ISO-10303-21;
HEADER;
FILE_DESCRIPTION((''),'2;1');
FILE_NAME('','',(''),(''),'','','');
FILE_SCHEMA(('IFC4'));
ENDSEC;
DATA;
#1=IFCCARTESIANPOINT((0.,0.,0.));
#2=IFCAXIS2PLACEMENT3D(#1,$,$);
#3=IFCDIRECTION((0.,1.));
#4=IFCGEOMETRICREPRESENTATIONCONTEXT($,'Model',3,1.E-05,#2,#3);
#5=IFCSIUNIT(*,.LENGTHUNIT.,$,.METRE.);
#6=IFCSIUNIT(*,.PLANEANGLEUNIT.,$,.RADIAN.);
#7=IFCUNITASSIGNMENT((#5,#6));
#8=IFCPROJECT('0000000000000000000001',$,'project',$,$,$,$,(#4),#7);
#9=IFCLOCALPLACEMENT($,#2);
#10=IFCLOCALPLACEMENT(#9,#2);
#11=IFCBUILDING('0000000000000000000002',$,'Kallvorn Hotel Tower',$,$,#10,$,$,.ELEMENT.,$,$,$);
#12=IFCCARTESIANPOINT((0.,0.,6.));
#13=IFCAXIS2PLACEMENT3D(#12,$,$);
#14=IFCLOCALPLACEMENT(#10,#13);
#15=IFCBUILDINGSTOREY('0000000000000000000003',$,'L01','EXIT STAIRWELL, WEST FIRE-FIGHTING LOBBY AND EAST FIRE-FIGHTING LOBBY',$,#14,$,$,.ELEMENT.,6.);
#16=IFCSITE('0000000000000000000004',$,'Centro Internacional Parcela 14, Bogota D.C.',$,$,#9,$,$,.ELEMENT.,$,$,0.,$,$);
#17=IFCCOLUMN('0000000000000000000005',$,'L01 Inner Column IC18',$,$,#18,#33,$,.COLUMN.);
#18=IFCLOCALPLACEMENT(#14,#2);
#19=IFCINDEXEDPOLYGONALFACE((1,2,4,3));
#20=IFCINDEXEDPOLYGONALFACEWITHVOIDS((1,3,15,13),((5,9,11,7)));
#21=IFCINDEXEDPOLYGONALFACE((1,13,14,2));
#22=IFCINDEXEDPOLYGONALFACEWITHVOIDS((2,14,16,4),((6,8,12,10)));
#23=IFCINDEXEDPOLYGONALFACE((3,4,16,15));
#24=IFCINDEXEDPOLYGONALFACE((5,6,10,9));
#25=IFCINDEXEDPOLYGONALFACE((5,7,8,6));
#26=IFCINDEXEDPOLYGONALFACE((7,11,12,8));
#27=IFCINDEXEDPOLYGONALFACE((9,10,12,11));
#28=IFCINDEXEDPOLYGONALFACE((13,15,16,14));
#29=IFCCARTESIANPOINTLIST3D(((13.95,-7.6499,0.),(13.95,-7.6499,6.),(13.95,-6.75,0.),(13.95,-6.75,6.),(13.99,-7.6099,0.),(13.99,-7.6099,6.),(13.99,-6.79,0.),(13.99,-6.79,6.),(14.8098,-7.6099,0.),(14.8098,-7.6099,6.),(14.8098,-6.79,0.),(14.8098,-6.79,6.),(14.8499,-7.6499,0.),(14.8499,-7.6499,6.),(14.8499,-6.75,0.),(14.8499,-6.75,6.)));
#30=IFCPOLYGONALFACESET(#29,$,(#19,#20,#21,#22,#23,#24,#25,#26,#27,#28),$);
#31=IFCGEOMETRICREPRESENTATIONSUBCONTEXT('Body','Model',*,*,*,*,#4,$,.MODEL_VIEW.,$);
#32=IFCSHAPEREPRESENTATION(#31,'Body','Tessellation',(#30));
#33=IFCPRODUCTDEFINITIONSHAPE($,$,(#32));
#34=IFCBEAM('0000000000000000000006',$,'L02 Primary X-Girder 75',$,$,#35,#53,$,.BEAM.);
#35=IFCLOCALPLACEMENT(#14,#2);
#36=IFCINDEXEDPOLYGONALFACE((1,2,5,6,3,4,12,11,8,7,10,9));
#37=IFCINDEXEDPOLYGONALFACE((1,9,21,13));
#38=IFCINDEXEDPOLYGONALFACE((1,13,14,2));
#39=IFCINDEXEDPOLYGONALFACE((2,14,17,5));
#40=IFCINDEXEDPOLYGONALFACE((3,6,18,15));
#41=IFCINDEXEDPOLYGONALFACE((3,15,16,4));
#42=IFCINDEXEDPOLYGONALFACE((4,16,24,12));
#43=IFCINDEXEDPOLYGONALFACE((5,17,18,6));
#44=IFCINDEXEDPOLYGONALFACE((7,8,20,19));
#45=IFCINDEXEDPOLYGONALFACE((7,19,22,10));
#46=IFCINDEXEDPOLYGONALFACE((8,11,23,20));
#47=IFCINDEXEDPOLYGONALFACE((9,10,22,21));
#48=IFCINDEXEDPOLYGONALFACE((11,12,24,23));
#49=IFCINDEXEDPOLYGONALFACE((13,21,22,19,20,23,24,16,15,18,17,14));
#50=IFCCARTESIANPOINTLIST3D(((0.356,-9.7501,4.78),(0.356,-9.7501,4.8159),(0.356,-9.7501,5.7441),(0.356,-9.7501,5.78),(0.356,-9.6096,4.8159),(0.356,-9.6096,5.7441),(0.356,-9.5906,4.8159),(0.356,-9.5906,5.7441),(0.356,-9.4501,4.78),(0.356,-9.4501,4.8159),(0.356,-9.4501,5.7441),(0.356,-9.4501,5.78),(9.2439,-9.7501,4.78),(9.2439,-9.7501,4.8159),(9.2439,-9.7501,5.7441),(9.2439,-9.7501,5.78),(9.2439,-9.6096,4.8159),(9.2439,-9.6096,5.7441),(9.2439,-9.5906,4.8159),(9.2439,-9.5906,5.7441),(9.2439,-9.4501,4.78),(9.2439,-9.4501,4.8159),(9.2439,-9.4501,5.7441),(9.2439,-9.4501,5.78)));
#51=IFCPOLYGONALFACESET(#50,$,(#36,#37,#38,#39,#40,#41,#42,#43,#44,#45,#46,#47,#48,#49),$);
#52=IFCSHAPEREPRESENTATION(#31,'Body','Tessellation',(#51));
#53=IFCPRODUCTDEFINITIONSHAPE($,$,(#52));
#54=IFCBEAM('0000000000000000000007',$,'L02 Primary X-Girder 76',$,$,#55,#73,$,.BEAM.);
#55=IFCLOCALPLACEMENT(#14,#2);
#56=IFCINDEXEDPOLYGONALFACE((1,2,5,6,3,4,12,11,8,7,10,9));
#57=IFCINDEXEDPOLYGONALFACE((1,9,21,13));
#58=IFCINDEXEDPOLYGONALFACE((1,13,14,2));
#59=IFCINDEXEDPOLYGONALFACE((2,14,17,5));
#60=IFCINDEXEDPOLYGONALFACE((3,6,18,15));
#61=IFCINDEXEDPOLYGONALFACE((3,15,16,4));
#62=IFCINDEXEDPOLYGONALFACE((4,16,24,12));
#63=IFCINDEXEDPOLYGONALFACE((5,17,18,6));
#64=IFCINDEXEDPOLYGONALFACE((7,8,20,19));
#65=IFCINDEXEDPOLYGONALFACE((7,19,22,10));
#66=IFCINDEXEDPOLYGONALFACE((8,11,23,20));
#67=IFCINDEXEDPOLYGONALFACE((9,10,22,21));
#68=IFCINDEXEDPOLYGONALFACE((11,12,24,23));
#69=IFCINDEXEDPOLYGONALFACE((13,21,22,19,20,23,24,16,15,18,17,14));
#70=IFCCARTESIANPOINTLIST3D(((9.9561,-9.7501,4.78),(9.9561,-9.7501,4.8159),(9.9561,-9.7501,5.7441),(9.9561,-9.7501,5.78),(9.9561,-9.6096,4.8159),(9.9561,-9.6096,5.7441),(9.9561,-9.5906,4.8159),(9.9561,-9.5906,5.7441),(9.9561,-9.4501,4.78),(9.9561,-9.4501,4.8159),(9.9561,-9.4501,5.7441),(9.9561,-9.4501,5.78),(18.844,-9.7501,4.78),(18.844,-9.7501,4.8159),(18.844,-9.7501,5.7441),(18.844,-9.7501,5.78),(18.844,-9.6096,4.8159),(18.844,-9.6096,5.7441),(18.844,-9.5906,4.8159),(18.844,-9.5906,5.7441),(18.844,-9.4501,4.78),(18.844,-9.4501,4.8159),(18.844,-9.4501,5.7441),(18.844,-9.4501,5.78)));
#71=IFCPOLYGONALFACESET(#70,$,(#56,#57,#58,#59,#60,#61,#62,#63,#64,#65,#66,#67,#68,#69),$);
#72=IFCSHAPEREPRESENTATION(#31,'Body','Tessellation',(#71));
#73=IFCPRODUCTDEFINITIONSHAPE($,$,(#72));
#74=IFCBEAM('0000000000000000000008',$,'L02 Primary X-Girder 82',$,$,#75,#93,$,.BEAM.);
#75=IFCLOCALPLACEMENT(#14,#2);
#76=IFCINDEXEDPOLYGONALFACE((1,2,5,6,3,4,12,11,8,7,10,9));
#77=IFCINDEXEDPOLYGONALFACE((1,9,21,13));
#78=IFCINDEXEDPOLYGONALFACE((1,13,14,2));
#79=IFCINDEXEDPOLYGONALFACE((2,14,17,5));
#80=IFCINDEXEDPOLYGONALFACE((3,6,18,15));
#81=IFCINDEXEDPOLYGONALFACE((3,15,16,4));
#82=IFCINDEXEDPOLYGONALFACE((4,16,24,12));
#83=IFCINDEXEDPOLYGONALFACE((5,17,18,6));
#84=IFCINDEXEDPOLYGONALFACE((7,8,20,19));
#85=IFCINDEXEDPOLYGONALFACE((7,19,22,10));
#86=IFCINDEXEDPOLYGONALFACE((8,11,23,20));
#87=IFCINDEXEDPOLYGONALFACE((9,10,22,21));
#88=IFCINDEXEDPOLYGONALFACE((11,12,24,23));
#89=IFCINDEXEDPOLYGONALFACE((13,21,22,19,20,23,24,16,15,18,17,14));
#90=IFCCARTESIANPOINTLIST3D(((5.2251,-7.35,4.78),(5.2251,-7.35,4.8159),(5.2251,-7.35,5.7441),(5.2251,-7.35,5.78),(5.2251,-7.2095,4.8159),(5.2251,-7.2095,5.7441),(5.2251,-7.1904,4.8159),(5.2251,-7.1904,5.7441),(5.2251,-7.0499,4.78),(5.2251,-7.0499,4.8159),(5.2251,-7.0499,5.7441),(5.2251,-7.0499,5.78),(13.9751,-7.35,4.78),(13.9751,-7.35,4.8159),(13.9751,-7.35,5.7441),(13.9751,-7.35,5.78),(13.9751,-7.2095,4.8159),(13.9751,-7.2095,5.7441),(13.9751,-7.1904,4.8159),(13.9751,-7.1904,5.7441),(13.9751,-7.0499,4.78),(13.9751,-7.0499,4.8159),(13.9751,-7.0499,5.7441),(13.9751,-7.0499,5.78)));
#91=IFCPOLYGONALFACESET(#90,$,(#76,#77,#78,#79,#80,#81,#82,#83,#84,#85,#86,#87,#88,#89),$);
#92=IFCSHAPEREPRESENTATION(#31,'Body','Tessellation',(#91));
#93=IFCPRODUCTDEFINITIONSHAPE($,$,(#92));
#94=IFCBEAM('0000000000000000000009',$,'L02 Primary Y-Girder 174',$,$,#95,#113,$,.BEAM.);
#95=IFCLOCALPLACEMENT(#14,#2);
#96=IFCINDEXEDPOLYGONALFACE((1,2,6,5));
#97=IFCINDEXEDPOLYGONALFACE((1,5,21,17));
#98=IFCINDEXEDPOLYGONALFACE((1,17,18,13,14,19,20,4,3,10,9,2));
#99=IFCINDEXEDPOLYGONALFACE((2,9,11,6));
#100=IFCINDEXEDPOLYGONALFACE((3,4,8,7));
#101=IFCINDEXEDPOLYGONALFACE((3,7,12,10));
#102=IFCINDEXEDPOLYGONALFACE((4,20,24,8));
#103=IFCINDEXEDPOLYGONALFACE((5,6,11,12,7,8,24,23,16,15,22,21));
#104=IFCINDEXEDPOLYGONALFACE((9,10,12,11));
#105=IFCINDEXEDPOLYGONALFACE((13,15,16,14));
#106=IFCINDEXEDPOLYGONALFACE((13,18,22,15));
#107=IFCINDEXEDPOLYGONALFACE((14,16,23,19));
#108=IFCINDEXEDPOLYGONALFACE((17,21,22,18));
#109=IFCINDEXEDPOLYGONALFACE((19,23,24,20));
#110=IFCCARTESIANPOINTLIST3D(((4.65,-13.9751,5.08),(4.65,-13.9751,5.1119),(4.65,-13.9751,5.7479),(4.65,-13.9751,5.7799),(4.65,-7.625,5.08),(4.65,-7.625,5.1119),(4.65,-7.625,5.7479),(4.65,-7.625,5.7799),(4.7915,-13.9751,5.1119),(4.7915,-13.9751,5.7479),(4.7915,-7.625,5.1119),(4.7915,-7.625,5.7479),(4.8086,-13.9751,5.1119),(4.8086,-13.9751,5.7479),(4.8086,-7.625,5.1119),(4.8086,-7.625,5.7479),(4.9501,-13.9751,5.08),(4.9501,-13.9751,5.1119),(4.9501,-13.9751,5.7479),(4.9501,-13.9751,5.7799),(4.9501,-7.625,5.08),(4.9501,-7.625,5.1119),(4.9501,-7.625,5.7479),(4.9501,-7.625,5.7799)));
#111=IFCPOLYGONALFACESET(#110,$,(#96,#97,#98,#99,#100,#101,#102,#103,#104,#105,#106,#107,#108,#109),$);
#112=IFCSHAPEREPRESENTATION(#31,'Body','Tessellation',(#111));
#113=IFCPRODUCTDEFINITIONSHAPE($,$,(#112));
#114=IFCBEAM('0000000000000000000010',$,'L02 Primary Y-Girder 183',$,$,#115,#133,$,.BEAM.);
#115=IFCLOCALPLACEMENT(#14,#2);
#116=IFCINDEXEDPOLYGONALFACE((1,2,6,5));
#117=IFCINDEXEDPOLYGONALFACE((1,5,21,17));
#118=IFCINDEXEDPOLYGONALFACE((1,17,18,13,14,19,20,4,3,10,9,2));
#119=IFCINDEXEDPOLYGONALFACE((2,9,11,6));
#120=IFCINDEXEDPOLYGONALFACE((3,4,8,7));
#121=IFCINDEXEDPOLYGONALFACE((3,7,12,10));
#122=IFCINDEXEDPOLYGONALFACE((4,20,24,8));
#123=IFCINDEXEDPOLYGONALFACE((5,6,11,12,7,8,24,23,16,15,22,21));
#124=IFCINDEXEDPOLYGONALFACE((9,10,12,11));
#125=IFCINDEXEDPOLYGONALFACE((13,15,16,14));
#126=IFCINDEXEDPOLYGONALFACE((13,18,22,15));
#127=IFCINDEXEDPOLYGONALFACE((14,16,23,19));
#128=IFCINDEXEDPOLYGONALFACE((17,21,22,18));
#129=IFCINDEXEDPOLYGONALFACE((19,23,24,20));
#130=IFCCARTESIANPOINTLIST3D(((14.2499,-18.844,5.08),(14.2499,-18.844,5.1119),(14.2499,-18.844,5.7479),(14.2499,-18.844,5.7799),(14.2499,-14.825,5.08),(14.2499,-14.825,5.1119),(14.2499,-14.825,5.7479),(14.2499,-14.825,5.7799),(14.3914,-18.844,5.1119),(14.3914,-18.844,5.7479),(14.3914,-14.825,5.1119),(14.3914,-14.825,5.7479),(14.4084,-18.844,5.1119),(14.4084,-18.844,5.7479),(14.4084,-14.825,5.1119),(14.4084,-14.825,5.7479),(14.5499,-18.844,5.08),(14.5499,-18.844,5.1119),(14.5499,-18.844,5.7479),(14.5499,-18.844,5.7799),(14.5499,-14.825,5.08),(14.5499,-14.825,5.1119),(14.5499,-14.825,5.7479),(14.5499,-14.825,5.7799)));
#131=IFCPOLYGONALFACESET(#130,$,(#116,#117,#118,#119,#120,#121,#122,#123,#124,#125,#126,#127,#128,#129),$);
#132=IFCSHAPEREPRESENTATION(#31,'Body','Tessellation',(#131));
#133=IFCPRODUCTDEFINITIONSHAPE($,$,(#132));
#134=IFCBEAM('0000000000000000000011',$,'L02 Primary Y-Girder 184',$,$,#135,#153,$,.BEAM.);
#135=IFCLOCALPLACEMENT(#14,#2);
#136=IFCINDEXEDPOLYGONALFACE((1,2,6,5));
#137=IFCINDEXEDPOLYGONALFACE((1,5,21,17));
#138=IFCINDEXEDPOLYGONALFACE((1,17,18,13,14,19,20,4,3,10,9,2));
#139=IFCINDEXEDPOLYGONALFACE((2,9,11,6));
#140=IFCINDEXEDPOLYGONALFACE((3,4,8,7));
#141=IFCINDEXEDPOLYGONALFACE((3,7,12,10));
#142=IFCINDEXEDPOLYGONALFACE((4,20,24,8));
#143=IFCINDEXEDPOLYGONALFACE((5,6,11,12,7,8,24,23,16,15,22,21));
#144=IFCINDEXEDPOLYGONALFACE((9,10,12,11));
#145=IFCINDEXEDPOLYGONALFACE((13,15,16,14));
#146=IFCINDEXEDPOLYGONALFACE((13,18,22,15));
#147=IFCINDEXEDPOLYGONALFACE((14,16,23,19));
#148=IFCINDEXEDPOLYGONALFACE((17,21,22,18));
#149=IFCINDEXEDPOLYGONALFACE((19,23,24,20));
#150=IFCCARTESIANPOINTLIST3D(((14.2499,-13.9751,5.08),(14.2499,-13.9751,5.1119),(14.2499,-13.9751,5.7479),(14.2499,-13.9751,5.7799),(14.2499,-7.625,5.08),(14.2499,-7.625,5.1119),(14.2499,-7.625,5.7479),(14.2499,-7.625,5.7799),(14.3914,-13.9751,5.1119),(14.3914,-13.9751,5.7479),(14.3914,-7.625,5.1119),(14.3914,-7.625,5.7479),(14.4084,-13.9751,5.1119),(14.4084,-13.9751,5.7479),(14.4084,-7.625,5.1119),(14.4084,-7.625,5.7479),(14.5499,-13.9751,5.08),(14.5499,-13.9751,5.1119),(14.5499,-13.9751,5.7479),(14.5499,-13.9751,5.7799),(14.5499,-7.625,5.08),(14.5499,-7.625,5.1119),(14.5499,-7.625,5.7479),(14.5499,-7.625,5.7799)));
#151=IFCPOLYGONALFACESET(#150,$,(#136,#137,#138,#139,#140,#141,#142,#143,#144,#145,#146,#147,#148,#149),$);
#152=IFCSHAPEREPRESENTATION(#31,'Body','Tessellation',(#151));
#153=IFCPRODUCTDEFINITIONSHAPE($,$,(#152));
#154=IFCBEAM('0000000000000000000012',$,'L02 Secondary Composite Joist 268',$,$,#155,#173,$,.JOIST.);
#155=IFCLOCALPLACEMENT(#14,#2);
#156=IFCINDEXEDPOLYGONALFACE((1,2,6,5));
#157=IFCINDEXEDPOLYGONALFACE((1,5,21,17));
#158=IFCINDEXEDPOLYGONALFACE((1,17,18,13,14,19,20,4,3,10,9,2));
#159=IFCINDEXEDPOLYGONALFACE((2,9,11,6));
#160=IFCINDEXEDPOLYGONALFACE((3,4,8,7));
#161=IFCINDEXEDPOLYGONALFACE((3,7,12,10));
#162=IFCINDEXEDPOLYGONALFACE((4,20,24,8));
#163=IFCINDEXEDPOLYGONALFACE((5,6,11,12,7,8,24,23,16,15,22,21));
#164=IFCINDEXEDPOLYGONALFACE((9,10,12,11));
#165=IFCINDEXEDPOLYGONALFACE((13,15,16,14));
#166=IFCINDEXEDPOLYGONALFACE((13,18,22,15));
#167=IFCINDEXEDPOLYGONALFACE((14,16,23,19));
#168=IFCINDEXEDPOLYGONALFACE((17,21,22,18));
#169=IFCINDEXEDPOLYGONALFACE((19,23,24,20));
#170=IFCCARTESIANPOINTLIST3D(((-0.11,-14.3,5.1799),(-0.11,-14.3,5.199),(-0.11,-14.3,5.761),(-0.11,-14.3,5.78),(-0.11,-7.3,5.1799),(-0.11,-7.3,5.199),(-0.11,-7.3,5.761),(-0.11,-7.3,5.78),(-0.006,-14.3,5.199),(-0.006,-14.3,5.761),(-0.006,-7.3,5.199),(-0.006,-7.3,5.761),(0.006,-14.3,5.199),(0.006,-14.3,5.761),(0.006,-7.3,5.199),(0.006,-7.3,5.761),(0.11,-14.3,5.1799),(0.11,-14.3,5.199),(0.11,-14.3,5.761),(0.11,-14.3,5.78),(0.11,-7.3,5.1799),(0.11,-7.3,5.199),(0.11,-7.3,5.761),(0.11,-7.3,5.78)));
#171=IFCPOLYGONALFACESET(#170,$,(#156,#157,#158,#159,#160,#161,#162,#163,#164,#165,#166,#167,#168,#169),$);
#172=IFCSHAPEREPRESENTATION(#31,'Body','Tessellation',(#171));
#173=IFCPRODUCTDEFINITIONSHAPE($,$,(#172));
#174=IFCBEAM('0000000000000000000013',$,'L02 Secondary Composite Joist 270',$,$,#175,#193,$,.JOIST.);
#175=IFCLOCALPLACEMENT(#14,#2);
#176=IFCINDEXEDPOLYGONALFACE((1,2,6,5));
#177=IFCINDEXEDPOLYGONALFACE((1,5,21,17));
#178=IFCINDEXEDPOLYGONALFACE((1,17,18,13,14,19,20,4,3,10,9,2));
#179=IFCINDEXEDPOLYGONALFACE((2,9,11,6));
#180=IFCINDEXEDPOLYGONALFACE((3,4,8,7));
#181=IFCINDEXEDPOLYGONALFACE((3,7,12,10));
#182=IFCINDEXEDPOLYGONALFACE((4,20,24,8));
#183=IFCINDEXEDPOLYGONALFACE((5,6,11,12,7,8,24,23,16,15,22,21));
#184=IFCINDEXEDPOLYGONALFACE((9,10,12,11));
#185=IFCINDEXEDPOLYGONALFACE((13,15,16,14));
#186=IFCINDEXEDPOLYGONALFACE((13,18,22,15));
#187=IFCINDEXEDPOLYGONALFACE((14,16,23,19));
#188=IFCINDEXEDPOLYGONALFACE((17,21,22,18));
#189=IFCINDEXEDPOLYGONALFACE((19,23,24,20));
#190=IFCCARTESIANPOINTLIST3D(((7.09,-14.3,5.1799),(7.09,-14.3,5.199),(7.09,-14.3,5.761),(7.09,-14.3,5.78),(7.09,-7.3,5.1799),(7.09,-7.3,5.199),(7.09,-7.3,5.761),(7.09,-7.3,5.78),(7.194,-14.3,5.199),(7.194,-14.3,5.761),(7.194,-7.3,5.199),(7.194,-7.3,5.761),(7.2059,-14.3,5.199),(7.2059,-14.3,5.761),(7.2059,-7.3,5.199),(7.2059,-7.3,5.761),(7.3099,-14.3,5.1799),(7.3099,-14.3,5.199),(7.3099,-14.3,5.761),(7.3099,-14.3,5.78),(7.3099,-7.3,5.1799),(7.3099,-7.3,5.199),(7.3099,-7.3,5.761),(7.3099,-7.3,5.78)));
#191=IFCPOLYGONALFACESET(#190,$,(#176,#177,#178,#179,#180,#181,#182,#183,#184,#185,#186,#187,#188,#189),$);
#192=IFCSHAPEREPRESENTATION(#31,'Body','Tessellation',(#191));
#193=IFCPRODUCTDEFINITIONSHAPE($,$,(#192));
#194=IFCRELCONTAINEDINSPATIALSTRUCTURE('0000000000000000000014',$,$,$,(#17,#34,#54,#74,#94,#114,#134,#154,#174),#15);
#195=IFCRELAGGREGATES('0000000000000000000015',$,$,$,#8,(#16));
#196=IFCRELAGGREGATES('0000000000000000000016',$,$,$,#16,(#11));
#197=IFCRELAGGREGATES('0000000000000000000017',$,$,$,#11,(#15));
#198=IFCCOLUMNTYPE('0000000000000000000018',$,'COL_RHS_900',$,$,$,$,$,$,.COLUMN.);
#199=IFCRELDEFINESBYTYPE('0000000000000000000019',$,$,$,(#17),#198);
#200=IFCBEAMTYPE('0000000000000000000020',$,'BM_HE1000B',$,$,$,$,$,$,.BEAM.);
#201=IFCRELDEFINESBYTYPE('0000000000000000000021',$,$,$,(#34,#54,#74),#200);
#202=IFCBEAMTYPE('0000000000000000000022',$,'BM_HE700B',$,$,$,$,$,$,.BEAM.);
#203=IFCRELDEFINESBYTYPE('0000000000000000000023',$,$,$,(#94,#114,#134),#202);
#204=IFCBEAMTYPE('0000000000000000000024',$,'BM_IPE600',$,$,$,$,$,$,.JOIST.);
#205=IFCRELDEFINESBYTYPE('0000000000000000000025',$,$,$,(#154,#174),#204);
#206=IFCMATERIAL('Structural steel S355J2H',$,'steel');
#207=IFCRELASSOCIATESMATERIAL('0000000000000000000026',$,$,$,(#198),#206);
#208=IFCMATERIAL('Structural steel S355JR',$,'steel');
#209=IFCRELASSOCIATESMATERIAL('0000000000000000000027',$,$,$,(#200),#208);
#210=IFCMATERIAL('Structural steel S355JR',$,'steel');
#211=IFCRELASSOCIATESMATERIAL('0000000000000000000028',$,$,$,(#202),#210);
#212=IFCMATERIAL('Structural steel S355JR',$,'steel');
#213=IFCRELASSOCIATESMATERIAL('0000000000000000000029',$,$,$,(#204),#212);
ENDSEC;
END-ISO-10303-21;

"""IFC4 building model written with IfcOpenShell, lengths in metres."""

from ifc_helpers import new_model, si_unit, direction, frame, origin, origin_2d, place, context, subcontext, project, spatial, hollow_rectangle, i_section, extrude, material, material_profile, profile_set, type_object, element, save


model = new_model("IFC4")

# Units and contexts
model_context = context("Model", 3, precision=1e-05, world=origin(), true_north=direction((0.0, 1.0)))
body_context = subcontext(model_context, "Body", "Model", "MODEL_VIEW")
ifc_project = project(units=[si_unit("LENGTHUNIT", "METRE"), si_unit("PLANEANGLEUNIT", "RADIAN")], contexts=[model_context])

# Site, building, storey
site_placement = place(None, origin())
site = spatial("IfcSite", under=ifc_project, at=site_placement, Name="Centro Internacional Parcela 14, Bogota D.C.", CompositionType="ELEMENT", RefElevation=0.0)
building_placement = place(site_placement, origin())
building = spatial("IfcBuilding", under=site, at=building_placement, Name="Kallvorn Hotel Tower", CompositionType="ELEMENT")
storey_placement = place(building_placement, frame((0.0, 0.0, 6.0)))
storey = spatial("IfcBuildingStorey", under=building, at=storey_placement, Name="L01", Description="EXIT STAIRWELL, WEST FIRE-FIGHTING LOBBY AND EAST FIRE-FIGHTING LOBBY", CompositionType="ELEMENT", Elevation=6.0)

# Column
ifc_material_1 = material(Name="Structural steel S355J2H", Category="steel")
ifc_material_profile_1 = material_profile(ifc_material_1, hollow_rectangle(XDim=0.8999, YDim=0.8999, WallThickness=0.04, at=origin_2d()), Name="RHS 900x900x40")
ifc_profile_set_1 = profile_set([ifc_material_profile_1], Name="Structural steel S355J2H")
column_type_1 = type_object("IfcColumnType", Name="COL_RHS_900", PredefinedType="COLUMN", material=ifc_profile_set_1)
for number, where, z_axis, x_axis, name in (
    (1, (14.3999, -7.2, 0.0), (0.0, 0.0, 1.0), (1.0, 0.0, 0.0), "L01 Inner Column IC18"),
):
    element("IfcColumn", number, at=place(storey_placement, frame(where, z_axis=z_axis, x_axis=x_axis)), inside=storey, type_object=column_type_1, Name=name, PredefinedType="COLUMN", context=body_context, shape_type="SweptSolid", body=[
        extrude(hollow_rectangle(XDim=0.8999, YDim=0.8999, WallThickness=0.04, at=origin_2d()), origin(), (0.0, 0.0, 1.0), 6.0),
    ])

# Beams
ifc_material_2 = material(Name="Structural steel S355JR", Category="steel")
ifc_material_profile_2 = material_profile(ifc_material_2, i_section(OverallWidth=0.3, OverallDepth=1.0, WebThickness=0.019, FlangeThickness=0.0359, at=origin_2d()), Name="HE 1000 B")
ifc_profile_set_2 = profile_set([ifc_material_profile_2], Name="Structural steel S355JR")
beam_type_1 = type_object("IfcBeamType", Name="BM_HE1000B", PredefinedType="BEAM", material=ifc_profile_set_2)
for number, where, z_axis, x_axis, name in (
    (2, (0.356, -9.6001, 5.28), (1.0, 0.0, 0.0), (0.0, 1.0, 0.0), "L02 Primary X-Girder 75"),
    (3, (9.9561, -9.6001, 5.28), (1.0, 0.0, 0.0), (0.0, 1.0, 0.0), "L02 Primary X-Girder 76"),
):
    element("IfcBeam", number, at=place(storey_placement, frame(where, z_axis=z_axis, x_axis=x_axis)), inside=storey, type_object=beam_type_1, Name=name, PredefinedType="BEAM", context=body_context, shape_type="SweptSolid", body=[
        extrude(i_section(OverallWidth=0.3, OverallDepth=1.0, WebThickness=0.019, FlangeThickness=0.0359, at=origin_2d()), origin(), (0.0, 0.0, 1.0), 8.8879),
    ])
beam_1_placement = place(storey_placement, frame((5.2251, -7.2, 5.28), z_axis=(1.0, 0.0, 0.0), x_axis=(0.0, 1.0, 0.0)))
element("IfcBeam", 4, at=beam_1_placement, inside=storey, type_object=beam_type_1, Name="L02 Primary X-Girder 82", PredefinedType="BEAM", context=body_context, shape_type="SweptSolid", body=[
    extrude(i_section(OverallWidth=0.3, OverallDepth=1.0, WebThickness=0.019, FlangeThickness=0.0359, at=origin_2d()), origin(), (0.0, 0.0, 1.0), 8.75),
])
ifc_material_3 = material(Name="Structural steel S355JR", Category="steel")
ifc_material_profile_3 = material_profile(ifc_material_3, i_section(OverallWidth=0.3, OverallDepth=0.7, WebThickness=0.0171, FlangeThickness=0.032, at=origin_2d()), Name="HE 700 B")
ifc_profile_set_3 = profile_set([ifc_material_profile_3], Name="Structural steel S355JR")
beam_type_2 = type_object("IfcBeamType", Name="BM_HE700B", PredefinedType="BEAM", material=ifc_profile_set_3)
beam_2_placement = place(storey_placement, frame((4.8, -13.9751, 5.4299), z_axis=(0.0, 1.0, 0.0), x_axis=(-1.0, 0.0, 0.0)))
element("IfcBeam", 5, at=beam_2_placement, inside=storey, type_object=beam_type_2, Name="L02 Primary Y-Girder 174", PredefinedType="BEAM", context=body_context, shape_type="SweptSolid", body=[
    extrude(i_section(OverallWidth=0.3, OverallDepth=0.7, WebThickness=0.0171, FlangeThickness=0.032, at=origin_2d()), origin(), (0.0, 0.0, 1.0), 6.3501),
])
beam_3_placement = place(storey_placement, frame((14.3999, -18.844, 5.4299), z_axis=(0.0, 1.0, 0.0), x_axis=(-1.0, 0.0, 0.0)))
element("IfcBeam", 6, at=beam_3_placement, inside=storey, type_object=beam_type_2, Name="L02 Primary Y-Girder 183", PredefinedType="BEAM", context=body_context, shape_type="SweptSolid", body=[
    extrude(i_section(OverallWidth=0.3, OverallDepth=0.7, WebThickness=0.0171, FlangeThickness=0.032, at=origin_2d()), origin(), (0.0, 0.0, 1.0), 4.019),
])
beam_4_placement = place(storey_placement, frame((14.3999, -13.9751, 5.4299), z_axis=(0.0, 1.0, 0.0), x_axis=(-1.0, 0.0, 0.0)))
element("IfcBeam", 7, at=beam_4_placement, inside=storey, type_object=beam_type_2, Name="L02 Primary Y-Girder 184", PredefinedType="BEAM", context=body_context, shape_type="SweptSolid", body=[
    extrude(i_section(OverallWidth=0.3, OverallDepth=0.7, WebThickness=0.0171, FlangeThickness=0.032, at=origin_2d()), origin(), (0.0, 0.0, 1.0), 6.3501),
])
ifc_material_4 = material(Name="Structural steel S355JR", Category="steel")
ifc_material_profile_4 = material_profile(ifc_material_4, i_section(OverallWidth=0.22, OverallDepth=0.6001, WebThickness=0.012, FlangeThickness=0.019, at=origin_2d()), Name="IPE 600")
ifc_profile_set_4 = profile_set([ifc_material_profile_4], Name="Structural steel S355JR")
beam_type_3 = type_object("IfcBeamType", Name="BM_IPE600", PredefinedType="JOIST", material=ifc_profile_set_4)
for number, where, z_axis, x_axis, name in (
    (8, (0.0, -14.3, 5.48), (0.0, 1.0, 0.0), (-1.0, 0.0, 0.0), "L02 Secondary Composite Joist 268"),
    (9, (7.2, -14.3, 5.48), (0.0, 1.0, 0.0), (-1.0, 0.0, 0.0), "L02 Secondary Composite Joist 270"),
):
    element("IfcBeam", number, at=place(storey_placement, frame(where, z_axis=z_axis, x_axis=x_axis)), inside=storey, type_object=beam_type_3, Name=name, PredefinedType="JOIST", context=body_context, shape_type="SweptSolid", body=[
        extrude(i_section(OverallWidth=0.22, OverallDepth=0.6001, WebThickness=0.012, FlangeThickness=0.019, at=origin_2d()), origin(), (0.0, 0.0, 1.0), 7.0),
    ])

save(model, "model.ifc")
